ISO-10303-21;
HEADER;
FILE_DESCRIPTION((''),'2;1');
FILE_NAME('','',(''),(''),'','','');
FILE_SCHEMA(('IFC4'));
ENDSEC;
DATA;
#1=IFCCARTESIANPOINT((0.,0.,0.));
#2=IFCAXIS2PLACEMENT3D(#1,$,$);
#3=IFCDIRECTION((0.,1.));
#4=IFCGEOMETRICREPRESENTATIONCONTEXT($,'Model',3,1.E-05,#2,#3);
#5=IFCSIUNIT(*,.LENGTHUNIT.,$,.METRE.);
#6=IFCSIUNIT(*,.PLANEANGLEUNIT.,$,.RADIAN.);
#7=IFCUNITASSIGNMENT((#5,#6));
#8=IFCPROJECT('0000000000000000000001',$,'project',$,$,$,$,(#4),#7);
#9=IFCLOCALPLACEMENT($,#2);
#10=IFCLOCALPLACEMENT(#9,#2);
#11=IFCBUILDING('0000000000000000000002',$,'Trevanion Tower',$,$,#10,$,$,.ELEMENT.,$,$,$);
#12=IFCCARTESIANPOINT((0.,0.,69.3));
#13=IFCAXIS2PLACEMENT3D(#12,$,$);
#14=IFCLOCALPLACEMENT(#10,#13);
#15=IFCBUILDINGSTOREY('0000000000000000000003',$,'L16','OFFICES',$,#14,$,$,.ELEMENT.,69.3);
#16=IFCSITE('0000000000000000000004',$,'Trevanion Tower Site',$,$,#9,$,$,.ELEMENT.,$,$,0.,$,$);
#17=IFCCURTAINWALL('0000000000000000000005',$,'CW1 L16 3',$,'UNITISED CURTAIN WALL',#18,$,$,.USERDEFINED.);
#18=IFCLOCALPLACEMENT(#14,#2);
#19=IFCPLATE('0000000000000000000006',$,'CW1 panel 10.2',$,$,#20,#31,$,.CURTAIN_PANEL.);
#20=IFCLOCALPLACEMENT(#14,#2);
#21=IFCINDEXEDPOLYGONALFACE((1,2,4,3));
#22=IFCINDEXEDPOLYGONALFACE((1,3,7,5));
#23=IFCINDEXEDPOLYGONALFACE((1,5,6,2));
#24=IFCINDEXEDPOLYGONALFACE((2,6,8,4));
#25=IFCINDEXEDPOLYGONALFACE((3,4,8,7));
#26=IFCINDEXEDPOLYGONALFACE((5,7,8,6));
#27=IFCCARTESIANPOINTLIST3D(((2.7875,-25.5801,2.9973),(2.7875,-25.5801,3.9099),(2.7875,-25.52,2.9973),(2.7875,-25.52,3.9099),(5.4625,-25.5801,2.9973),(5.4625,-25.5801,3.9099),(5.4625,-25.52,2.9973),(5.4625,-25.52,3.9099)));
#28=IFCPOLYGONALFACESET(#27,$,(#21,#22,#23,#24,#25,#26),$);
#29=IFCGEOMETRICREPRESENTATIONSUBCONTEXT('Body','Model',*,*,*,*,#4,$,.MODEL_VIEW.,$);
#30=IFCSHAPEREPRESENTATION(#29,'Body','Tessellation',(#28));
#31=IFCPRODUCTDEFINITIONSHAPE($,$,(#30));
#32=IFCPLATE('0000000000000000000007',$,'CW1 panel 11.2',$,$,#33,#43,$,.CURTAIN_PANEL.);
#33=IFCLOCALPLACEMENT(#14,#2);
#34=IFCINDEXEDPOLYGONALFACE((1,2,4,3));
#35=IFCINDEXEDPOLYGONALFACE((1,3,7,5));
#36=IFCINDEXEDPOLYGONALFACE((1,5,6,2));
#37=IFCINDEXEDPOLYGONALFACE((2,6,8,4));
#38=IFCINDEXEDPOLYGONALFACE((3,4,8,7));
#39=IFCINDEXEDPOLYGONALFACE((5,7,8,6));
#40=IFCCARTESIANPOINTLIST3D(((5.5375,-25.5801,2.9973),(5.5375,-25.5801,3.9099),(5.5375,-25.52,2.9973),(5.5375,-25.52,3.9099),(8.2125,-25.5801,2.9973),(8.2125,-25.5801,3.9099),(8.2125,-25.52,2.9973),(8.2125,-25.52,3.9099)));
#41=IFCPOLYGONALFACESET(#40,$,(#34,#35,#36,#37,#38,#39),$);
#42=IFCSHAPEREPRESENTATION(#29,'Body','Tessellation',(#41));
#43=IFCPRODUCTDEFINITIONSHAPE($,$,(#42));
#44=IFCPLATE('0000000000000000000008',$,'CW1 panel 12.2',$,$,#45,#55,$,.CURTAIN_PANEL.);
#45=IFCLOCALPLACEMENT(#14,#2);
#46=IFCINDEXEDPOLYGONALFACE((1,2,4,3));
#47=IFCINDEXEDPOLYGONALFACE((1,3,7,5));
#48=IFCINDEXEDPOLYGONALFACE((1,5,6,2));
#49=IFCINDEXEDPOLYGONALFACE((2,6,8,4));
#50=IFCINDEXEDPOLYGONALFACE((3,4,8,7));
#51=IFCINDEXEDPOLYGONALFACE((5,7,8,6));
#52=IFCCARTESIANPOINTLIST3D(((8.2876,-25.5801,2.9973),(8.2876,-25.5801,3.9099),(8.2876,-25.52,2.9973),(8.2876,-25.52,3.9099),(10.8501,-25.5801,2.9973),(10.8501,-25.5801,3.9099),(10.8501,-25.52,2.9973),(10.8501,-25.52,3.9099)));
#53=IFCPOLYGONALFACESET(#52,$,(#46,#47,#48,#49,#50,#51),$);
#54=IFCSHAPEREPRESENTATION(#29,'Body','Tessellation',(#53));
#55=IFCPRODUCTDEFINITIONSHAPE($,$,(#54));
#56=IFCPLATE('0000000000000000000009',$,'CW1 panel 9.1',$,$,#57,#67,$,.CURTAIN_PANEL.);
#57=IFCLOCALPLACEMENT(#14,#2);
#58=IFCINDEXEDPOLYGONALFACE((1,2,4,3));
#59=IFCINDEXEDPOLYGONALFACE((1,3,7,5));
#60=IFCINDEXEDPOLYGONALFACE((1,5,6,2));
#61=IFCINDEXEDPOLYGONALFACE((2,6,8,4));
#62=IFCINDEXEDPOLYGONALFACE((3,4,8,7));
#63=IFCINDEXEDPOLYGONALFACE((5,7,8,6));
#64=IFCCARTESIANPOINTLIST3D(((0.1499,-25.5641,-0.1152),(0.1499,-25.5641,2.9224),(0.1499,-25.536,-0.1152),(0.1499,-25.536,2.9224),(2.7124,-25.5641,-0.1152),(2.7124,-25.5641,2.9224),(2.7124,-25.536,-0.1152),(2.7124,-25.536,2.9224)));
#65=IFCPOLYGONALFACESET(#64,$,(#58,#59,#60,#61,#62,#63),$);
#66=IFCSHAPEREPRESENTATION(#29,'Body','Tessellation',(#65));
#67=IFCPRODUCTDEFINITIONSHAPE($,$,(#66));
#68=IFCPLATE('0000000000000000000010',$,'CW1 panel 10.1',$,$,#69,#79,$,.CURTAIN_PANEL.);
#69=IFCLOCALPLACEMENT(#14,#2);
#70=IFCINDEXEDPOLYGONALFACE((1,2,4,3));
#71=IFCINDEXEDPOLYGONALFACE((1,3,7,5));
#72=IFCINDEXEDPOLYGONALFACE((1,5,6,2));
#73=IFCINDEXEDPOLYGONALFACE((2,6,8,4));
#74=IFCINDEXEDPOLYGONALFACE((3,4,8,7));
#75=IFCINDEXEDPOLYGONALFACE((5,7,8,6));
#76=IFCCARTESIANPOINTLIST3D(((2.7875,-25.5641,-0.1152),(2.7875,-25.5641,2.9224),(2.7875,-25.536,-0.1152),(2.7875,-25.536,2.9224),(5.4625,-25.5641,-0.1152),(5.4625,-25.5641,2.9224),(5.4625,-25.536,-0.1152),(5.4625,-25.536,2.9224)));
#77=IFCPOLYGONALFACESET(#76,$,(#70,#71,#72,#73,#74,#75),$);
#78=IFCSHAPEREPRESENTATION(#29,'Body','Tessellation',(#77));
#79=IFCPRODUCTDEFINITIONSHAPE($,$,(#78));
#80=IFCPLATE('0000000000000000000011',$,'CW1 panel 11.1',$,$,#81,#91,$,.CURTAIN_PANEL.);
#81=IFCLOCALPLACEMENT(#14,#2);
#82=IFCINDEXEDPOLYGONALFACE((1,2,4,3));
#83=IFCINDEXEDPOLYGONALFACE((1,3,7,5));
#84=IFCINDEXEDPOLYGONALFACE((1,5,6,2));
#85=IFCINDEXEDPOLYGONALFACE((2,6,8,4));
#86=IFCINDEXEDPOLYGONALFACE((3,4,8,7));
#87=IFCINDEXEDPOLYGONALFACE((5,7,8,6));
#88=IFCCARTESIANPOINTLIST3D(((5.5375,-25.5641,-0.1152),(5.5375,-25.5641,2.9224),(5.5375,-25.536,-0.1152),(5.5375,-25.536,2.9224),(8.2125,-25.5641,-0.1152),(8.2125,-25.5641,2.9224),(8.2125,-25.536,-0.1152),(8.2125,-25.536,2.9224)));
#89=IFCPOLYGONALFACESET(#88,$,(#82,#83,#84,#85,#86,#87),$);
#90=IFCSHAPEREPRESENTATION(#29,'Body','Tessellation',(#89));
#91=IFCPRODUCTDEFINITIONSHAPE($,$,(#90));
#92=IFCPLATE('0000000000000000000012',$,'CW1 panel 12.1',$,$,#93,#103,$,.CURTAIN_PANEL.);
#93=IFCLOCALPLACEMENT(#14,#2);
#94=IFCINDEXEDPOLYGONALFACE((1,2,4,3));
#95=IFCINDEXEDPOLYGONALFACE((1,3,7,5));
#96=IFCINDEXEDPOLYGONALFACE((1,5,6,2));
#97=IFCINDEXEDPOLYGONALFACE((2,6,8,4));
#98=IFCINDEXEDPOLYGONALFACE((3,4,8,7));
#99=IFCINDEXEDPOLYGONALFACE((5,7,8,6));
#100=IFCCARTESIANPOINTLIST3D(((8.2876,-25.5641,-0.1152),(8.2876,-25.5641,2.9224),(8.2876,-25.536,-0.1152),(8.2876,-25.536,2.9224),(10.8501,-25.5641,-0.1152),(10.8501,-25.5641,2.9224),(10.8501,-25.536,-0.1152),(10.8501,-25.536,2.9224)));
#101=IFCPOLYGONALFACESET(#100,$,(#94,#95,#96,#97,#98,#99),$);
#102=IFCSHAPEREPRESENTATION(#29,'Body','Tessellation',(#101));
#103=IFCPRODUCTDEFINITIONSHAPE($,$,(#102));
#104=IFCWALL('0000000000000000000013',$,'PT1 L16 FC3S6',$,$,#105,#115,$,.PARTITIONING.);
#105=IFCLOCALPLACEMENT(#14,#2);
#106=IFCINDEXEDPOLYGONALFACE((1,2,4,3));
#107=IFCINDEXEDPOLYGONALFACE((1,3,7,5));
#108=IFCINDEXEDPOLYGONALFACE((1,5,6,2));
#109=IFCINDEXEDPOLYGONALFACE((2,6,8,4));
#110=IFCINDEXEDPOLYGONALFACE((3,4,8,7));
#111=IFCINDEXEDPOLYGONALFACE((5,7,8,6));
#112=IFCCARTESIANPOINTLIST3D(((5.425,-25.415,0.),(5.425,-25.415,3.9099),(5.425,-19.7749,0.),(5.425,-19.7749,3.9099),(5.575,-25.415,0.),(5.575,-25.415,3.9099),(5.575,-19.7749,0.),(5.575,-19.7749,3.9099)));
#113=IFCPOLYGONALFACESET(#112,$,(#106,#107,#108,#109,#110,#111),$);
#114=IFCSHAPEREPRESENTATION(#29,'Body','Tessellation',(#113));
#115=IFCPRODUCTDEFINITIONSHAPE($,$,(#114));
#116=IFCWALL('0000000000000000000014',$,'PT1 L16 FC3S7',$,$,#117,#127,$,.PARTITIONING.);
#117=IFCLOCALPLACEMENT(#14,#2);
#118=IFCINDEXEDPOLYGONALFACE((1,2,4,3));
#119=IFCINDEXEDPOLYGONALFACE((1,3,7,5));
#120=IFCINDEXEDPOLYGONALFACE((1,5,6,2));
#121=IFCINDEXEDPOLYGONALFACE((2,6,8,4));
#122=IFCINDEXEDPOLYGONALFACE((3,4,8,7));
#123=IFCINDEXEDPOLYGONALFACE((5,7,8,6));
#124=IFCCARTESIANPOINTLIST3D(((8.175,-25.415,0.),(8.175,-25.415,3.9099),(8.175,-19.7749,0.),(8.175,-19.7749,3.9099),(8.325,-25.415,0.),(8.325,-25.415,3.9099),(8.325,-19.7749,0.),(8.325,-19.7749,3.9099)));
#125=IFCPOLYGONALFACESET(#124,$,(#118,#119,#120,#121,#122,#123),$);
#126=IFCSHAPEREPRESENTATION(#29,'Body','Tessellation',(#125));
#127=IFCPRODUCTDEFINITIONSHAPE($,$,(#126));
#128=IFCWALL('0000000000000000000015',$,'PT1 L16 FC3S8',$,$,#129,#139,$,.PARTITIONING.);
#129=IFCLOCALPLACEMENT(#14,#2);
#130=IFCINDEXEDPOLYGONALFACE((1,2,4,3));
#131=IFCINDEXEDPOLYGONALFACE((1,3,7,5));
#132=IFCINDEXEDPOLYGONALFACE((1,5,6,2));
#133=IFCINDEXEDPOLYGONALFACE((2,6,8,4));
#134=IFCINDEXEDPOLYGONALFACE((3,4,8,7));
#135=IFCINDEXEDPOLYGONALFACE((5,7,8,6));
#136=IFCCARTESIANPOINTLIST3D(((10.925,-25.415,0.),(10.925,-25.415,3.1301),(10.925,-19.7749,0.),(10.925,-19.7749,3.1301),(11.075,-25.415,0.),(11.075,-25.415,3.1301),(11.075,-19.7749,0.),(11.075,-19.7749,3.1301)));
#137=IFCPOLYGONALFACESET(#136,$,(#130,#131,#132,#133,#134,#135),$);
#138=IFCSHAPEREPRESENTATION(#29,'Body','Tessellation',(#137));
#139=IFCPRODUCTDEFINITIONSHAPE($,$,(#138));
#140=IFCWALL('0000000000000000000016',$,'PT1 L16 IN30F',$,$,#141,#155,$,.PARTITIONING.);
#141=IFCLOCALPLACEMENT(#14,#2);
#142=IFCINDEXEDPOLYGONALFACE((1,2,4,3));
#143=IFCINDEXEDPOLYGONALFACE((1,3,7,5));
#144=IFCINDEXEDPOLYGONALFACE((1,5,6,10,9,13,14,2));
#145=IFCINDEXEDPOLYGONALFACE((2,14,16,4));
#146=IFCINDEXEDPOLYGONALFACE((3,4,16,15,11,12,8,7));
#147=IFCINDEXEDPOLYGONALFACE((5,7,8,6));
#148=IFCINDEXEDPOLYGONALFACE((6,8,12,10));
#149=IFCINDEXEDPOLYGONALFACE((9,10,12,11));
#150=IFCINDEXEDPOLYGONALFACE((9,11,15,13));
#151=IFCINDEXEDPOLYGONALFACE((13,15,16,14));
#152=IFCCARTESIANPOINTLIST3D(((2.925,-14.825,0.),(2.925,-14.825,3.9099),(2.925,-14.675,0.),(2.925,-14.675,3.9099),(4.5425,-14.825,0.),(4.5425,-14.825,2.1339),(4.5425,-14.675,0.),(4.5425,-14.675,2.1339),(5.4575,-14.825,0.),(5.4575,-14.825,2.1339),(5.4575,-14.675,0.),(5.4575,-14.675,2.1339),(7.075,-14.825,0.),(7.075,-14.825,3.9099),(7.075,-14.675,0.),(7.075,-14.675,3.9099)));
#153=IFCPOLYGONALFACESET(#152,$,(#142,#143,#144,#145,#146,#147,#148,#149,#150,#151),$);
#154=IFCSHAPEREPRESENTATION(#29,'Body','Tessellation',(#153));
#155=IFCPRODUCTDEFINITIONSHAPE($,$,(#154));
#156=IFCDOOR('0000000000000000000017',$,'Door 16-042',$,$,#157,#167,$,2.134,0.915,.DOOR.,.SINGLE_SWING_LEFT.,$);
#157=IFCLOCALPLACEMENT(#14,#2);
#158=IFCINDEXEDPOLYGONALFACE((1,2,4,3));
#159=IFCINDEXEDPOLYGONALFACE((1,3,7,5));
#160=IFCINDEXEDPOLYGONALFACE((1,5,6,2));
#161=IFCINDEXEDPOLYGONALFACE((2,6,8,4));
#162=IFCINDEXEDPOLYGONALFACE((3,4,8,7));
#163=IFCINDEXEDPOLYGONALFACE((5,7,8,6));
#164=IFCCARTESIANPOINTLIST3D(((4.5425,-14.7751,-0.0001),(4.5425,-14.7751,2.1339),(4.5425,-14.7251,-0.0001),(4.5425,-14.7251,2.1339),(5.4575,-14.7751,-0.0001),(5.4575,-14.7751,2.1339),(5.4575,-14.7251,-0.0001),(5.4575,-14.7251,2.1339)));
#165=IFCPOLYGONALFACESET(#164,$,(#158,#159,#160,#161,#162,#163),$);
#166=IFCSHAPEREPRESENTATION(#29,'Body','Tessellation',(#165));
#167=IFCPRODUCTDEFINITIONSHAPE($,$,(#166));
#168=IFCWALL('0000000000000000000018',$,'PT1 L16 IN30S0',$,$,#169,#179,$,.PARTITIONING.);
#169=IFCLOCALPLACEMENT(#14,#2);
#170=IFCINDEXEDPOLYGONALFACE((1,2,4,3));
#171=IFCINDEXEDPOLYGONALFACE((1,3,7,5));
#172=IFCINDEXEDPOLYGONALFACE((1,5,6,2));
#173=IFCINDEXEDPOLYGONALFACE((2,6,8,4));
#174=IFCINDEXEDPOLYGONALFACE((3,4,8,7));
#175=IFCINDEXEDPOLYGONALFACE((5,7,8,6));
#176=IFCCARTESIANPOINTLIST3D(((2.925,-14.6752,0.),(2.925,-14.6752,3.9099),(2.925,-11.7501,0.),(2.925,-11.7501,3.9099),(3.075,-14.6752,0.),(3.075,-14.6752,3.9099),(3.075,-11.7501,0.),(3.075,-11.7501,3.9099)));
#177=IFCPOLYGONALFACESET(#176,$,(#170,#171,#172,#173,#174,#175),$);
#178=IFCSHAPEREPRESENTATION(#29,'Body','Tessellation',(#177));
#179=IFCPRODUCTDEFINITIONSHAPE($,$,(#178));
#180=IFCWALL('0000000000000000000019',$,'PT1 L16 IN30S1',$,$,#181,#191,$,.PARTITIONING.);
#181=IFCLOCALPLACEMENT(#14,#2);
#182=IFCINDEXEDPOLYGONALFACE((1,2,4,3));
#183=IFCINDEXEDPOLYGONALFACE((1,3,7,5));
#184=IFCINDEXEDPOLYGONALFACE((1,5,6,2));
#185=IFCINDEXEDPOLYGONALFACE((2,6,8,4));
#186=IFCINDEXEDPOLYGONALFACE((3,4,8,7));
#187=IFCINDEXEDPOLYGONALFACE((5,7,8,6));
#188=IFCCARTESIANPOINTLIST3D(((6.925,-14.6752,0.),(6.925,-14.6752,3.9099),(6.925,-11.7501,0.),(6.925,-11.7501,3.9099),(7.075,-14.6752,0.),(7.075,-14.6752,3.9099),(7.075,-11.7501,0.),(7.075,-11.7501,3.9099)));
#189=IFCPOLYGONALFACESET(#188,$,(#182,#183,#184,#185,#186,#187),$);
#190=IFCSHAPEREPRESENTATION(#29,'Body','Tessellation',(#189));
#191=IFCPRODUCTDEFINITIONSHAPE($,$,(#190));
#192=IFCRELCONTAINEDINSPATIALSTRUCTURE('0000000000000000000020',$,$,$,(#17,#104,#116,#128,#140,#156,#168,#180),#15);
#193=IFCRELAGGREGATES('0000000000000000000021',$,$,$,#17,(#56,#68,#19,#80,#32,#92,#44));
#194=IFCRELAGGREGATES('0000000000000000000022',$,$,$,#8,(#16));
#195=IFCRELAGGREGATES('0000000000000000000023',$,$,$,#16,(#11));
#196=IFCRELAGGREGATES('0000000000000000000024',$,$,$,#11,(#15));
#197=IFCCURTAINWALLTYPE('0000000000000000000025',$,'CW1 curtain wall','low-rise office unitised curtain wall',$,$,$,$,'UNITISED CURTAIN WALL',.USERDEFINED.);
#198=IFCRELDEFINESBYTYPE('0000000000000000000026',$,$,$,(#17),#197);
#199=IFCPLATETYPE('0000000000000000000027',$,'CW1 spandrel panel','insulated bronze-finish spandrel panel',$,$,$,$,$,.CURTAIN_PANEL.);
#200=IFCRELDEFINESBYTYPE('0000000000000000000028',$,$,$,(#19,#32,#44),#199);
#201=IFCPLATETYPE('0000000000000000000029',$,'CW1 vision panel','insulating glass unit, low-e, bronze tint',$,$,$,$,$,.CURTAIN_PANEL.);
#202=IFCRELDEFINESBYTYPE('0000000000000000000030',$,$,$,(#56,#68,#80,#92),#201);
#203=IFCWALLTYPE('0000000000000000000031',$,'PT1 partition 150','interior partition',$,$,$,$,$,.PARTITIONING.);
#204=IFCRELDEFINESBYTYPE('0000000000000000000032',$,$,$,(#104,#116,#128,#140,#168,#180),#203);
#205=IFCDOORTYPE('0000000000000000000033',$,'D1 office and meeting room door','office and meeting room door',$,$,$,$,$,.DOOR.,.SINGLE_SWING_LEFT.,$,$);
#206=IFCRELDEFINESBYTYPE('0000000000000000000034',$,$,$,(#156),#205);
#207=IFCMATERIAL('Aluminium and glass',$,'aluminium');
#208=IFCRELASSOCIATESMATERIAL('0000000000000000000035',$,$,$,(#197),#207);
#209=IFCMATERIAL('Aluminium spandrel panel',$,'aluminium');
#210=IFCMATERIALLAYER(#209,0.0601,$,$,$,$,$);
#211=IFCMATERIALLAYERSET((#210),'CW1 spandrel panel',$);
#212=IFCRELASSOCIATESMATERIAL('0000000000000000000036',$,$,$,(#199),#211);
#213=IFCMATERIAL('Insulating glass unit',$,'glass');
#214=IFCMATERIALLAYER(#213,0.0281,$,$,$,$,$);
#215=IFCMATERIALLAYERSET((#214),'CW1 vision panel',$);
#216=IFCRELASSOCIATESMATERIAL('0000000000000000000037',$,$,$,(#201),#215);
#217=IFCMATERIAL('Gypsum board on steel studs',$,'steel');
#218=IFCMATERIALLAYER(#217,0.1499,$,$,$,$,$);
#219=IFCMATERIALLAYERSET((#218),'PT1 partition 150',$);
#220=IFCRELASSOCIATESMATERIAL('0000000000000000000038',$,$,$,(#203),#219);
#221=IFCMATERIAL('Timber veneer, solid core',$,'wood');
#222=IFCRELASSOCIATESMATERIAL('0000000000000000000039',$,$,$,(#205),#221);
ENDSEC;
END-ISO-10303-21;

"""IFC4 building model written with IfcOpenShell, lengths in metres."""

from ifc_helpers import new_model, si_unit, direction, frame, frame_2d, origin, origin_2d, place, context, subcontext, project, spatial, rectangle, extrude, material, layer, layer_set, type_object, element, fill, aggregate, save


model = new_model("IFC4")

# Units and contexts
model_context = context("Model", 3, precision=1e-05, world=origin(), true_north=direction((0.0, 1.0)))
body_context = subcontext(model_context, "Body", "Model", "MODEL_VIEW")
ifc_project = project(units=[si_unit("LENGTHUNIT", "METRE"), si_unit("PLANEANGLEUNIT", "RADIAN")], contexts=[model_context])

# Site, building, storey
site_placement = place(None, origin())
site = spatial("IfcSite", under=ifc_project, at=site_placement, Name="Trevanion Tower Site", CompositionType="ELEMENT", RefElevation=0.0)
building_placement = place(site_placement, origin())
building = spatial("IfcBuilding", under=site, at=building_placement, Name="Trevanion Tower", CompositionType="ELEMENT")
storey_placement = place(building_placement, frame((0.0, 0.0, 69.3)))
storey = spatial("IfcBuildingStorey", under=building, at=storey_placement, Name="L16", Description="OFFICES", CompositionType="ELEMENT", Elevation=69.3)

# Curtain wall
ifc_material_1 = material(Name="Aluminium and glass", Category="aluminium")
curtain_wall_type = type_object("IfcCurtainWallType", Name="CW1 curtain wall", Description="low-rise office unitised curtain wall", ElementType="UNITISED CURTAIN WALL", PredefinedType="USERDEFINED", material=ifc_material_1)
curtain_wall_placement = place(storey_placement, origin())
curtain_wall = element("IfcCurtainWall", 1, at=curtain_wall_placement, inside=storey, type_object=curtain_wall_type, Name="CW1 L16 3", ObjectType="UNITISED CURTAIN WALL", PredefinedType="USERDEFINED")

# Plates
ifc_material_2 = material(Name="Aluminium spandrel panel", Category="aluminium")
ifc_layer_1 = layer(ifc_material_2, 0.0601)
ifc_layer_set_1 = layer_set([ifc_layer_1], Name="CW1 spandrel panel")
plate_type_1 = type_object("IfcPlateType", Name="CW1 spandrel panel", Description="insulated bronze-finish spandrel panel", PredefinedType="CURTAIN_PANEL", material=ifc_layer_set_1)
plate_1_placement = place(storey_placement, frame((4.125, -25.55, 2.9973), z_axis=(0.0, 0.0, 1.0), x_axis=(1.0, 0.0, 0.0)))
plate_1 = element("IfcPlate", 2, at=plate_1_placement, type_object=plate_type_1, Name="CW1 panel 10.2", PredefinedType="CURTAIN_PANEL", context=body_context, shape_type="SweptSolid", body=[
    extrude(rectangle(XDim=2.675, YDim=0.0601, at=origin_2d()), origin(), (0.0, 0.0, 1.0), 0.9126),
])
plate_2_placement = place(storey_placement, frame((6.875, -25.55, 2.9973), z_axis=(0.0, 0.0, 1.0), x_axis=(1.0, 0.0, 0.0)))
plate_2 = element("IfcPlate", 3, at=plate_2_placement, type_object=plate_type_1, Name="CW1 panel 11.2", PredefinedType="CURTAIN_PANEL", context=body_context, shape_type="SweptSolid", body=[
    extrude(rectangle(XDim=2.675, YDim=0.0601, at=origin_2d()), origin(), (0.0, 0.0, 1.0), 0.9126),
])
plate_3_placement = place(storey_placement, frame((9.5688, -25.55, 2.9973), z_axis=(0.0, 0.0, 1.0), x_axis=(1.0, 0.0, 0.0)))
plate_3 = element("IfcPlate", 4, at=plate_3_placement, type_object=plate_type_1, Name="CW1 panel 12.2", PredefinedType="CURTAIN_PANEL", context=body_context, shape_type="SweptSolid", body=[
    extrude(rectangle(XDim=2.5625, YDim=0.0601, at=origin_2d()), origin(), (0.0, 0.0, 1.0), 0.9126),
])
ifc_material_3 = material(Name="Insulating glass unit", Category="glass")
ifc_layer_2 = layer(ifc_material_3, 0.0281)
ifc_layer_set_2 = layer_set([ifc_layer_2], Name="CW1 vision panel")
plate_type_2 = type_object("IfcPlateType", Name="CW1 vision panel", Description="insulating glass unit, low-e, bronze tint", PredefinedType="CURTAIN_PANEL", material=ifc_layer_set_2)
plate_4_placement = place(storey_placement, frame((1.4312, -25.55, -0.1152), z_axis=(0.0, 0.0, 1.0), x_axis=(1.0, 0.0, 0.0)))
plate_4 = element("IfcPlate", 5, at=plate_4_placement, type_object=plate_type_2, Name="CW1 panel 9.1", PredefinedType="CURTAIN_PANEL", context=body_context, shape_type="SweptSolid", body=[
    extrude(rectangle(XDim=2.5625, YDim=0.0281, at=origin_2d()), origin(), (0.0, 0.0, 1.0), 3.0376),
])
plate_5_placement = place(storey_placement, frame((4.125, -25.55, -0.1152), z_axis=(0.0, 0.0, 1.0), x_axis=(1.0, 0.0, 0.0)))
plate_5 = element("IfcPlate", 6, at=plate_5_placement, type_object=plate_type_2, Name="CW1 panel 10.1", PredefinedType="CURTAIN_PANEL", context=body_context, shape_type="SweptSolid", body=[
    extrude(rectangle(XDim=2.675, YDim=0.0281, at=origin_2d()), origin(), (0.0, 0.0, 1.0), 3.0376),
])
plate_6_placement = place(storey_placement, frame((6.875, -25.55, -0.1152), z_axis=(0.0, 0.0, 1.0), x_axis=(1.0, 0.0, 0.0)))
plate_6 = element("IfcPlate", 7, at=plate_6_placement, type_object=plate_type_2, Name="CW1 panel 11.1", PredefinedType="CURTAIN_PANEL", context=body_context, shape_type="SweptSolid", body=[
    extrude(rectangle(XDim=2.675, YDim=0.0281, at=origin_2d()), origin(), (0.0, 0.0, 1.0), 3.0376),
])
plate_7_placement = place(storey_placement, frame((9.5688, -25.55, -0.1152), z_axis=(0.0, 0.0, 1.0), x_axis=(1.0, 0.0, 0.0)))
plate_7 = element("IfcPlate", 8, at=plate_7_placement, type_object=plate_type_2, Name="CW1 panel 12.1", PredefinedType="CURTAIN_PANEL", context=body_context, shape_type="SweptSolid", body=[
    extrude(rectangle(XDim=2.5625, YDim=0.0281, at=origin_2d()), origin(), (0.0, 0.0, 1.0), 3.0376),
])
aggregate(curtain_wall, [plate_4, plate_5, plate_1, plate_6, plate_2, plate_7, plate_3])

# Walls
ifc_material_4 = material(Name="Gypsum board on steel studs", Category="steel")
ifc_layer_3 = layer(ifc_material_4, 0.1499)
ifc_layer_set_3 = layer_set([ifc_layer_3], Name="PT1 partition 150")
wall_type = type_object("IfcWallType", Name="PT1 partition 150", Description="interior partition", PredefinedType="PARTITIONING", material=ifc_layer_set_3)
for number, where, z_axis, x_axis, name in (
    (9, (5.5, -19.7749, 0.0), (0.0, 0.0, 1.0), (0.0, -1.0, 0.0), "PT1 L16 FC3S6"),
    (10, (8.25, -19.7749, 0.0), (0.0, 0.0, 1.0), (0.0, -1.0, 0.0), "PT1 L16 FC3S7"),
):
    element("IfcWall", number, at=place(storey_placement, frame(where, z_axis=z_axis, x_axis=x_axis)), inside=storey, type_object=wall_type, Name=name, PredefinedType="PARTITIONING", context=body_context, shape_type="SweptSolid", body=[
        extrude(rectangle(XDim=5.6401, YDim=0.1499, at=frame_2d((2.8201, 0.0))), origin(), (0.0, 0.0, 1.0), 3.9099),
    ])
wall_1_placement = place(storey_placement, frame((11.0, -19.7749, 0.0), z_axis=(0.0, 0.0, 1.0), x_axis=(0.0, -1.0, 0.0)))
element("IfcWall", 11, at=wall_1_placement, inside=storey, type_object=wall_type, Name="PT1 L16 FC3S8", PredefinedType="PARTITIONING", context=body_context, shape_type="SweptSolid", body=[
    extrude(rectangle(XDim=5.6401, YDim=0.1499, at=frame_2d((2.8201, 0.0))), origin(), (0.0, 0.0, 1.0), 3.1301),
])

# Wall, opening, door
wall_2_placement = place(storey_placement, frame((2.925, -14.75, 0.0), z_axis=(0.0, 0.0, 1.0), x_axis=(1.0, 0.0, 0.0)))
wall_2 = element("IfcWall", 12, at=wall_2_placement, inside=storey, type_object=wall_type, Name="PT1 L16 IN30F", PredefinedType="PARTITIONING", context=body_context, shape_type="SweptSolid", body=[
    extrude(rectangle(XDim=4.1499, YDim=0.1499, at=frame_2d((2.075, 0.0))), origin(), (0.0, 0.0, 1.0), 3.9099),
])
opening_placement = place(wall_2_placement, frame((1.6174, 0.0, 0.0)))
opening = element("IfcOpeningElement", 13, at=opening_placement, cuts=wall_2, PredefinedType="OPENING", context=body_context, shape_type="SweptSolid", body=[
    extrude(rectangle(XDim=0.915, YDim=2.134, at=frame_2d((0.4575, 1.0669))), frame((0.0, 0.085, 0.0), z_axis=(0.0, -1.0, 0.0), x_axis=(1.0, 0.0, 0.0)), (0.0, 0.0, 1.0), 0.1699),
])
ifc_material_5 = material(Name="Timber veneer, solid core", Category="wood")
door_type = type_object("IfcDoorType", Name="D1 office and meeting room door", Description="office and meeting room door", OperationType="SINGLE_SWING_LEFT", PredefinedType="DOOR", material=ifc_material_5)
door_placement = place(opening_placement, origin())
door = element("IfcDoor", 14, at=door_placement, inside=storey, type_object=door_type, Name="Door 16-042", OperationType="SINGLE_SWING_LEFT", OverallHeight=2.134, OverallWidth=0.915, PredefinedType="DOOR", context=body_context, shape_type="SweptSolid", body=[
    extrude(rectangle(XDim=0.915, YDim=2.134, at=frame_2d((0.4575, 1.0669))), frame((0.0, 0.0249, 0.0), z_axis=(0.0, -1.0, 0.0), x_axis=(1.0, 0.0, 0.0)), (0.0, 0.0, 1.0), 0.05),
])
fill(opening, door)

# Walls
for number, where, z_axis, x_axis, name in (
    (15, (3.0, -14.675, 0.0), (0.0, 0.0, 1.0), (0.0, 1.0, 0.0), "PT1 L16 IN30S0"),
    (16, (7.0, -14.675, 0.0), (0.0, 0.0, 1.0), (0.0, 1.0, 0.0), "PT1 L16 IN30S1"),
):
    element("IfcWall", number, at=place(storey_placement, frame(where, z_axis=z_axis, x_axis=x_axis)), inside=storey, type_object=wall_type, Name=name, PredefinedType="PARTITIONING", context=body_context, shape_type="SweptSolid", body=[
        extrude(rectangle(XDim=2.925, YDim=0.1499, at=frame_2d((1.4624, 0.0))), origin(), (0.0, 0.0, 1.0), 3.9099),
    ])

save(model, "model.ifc")
